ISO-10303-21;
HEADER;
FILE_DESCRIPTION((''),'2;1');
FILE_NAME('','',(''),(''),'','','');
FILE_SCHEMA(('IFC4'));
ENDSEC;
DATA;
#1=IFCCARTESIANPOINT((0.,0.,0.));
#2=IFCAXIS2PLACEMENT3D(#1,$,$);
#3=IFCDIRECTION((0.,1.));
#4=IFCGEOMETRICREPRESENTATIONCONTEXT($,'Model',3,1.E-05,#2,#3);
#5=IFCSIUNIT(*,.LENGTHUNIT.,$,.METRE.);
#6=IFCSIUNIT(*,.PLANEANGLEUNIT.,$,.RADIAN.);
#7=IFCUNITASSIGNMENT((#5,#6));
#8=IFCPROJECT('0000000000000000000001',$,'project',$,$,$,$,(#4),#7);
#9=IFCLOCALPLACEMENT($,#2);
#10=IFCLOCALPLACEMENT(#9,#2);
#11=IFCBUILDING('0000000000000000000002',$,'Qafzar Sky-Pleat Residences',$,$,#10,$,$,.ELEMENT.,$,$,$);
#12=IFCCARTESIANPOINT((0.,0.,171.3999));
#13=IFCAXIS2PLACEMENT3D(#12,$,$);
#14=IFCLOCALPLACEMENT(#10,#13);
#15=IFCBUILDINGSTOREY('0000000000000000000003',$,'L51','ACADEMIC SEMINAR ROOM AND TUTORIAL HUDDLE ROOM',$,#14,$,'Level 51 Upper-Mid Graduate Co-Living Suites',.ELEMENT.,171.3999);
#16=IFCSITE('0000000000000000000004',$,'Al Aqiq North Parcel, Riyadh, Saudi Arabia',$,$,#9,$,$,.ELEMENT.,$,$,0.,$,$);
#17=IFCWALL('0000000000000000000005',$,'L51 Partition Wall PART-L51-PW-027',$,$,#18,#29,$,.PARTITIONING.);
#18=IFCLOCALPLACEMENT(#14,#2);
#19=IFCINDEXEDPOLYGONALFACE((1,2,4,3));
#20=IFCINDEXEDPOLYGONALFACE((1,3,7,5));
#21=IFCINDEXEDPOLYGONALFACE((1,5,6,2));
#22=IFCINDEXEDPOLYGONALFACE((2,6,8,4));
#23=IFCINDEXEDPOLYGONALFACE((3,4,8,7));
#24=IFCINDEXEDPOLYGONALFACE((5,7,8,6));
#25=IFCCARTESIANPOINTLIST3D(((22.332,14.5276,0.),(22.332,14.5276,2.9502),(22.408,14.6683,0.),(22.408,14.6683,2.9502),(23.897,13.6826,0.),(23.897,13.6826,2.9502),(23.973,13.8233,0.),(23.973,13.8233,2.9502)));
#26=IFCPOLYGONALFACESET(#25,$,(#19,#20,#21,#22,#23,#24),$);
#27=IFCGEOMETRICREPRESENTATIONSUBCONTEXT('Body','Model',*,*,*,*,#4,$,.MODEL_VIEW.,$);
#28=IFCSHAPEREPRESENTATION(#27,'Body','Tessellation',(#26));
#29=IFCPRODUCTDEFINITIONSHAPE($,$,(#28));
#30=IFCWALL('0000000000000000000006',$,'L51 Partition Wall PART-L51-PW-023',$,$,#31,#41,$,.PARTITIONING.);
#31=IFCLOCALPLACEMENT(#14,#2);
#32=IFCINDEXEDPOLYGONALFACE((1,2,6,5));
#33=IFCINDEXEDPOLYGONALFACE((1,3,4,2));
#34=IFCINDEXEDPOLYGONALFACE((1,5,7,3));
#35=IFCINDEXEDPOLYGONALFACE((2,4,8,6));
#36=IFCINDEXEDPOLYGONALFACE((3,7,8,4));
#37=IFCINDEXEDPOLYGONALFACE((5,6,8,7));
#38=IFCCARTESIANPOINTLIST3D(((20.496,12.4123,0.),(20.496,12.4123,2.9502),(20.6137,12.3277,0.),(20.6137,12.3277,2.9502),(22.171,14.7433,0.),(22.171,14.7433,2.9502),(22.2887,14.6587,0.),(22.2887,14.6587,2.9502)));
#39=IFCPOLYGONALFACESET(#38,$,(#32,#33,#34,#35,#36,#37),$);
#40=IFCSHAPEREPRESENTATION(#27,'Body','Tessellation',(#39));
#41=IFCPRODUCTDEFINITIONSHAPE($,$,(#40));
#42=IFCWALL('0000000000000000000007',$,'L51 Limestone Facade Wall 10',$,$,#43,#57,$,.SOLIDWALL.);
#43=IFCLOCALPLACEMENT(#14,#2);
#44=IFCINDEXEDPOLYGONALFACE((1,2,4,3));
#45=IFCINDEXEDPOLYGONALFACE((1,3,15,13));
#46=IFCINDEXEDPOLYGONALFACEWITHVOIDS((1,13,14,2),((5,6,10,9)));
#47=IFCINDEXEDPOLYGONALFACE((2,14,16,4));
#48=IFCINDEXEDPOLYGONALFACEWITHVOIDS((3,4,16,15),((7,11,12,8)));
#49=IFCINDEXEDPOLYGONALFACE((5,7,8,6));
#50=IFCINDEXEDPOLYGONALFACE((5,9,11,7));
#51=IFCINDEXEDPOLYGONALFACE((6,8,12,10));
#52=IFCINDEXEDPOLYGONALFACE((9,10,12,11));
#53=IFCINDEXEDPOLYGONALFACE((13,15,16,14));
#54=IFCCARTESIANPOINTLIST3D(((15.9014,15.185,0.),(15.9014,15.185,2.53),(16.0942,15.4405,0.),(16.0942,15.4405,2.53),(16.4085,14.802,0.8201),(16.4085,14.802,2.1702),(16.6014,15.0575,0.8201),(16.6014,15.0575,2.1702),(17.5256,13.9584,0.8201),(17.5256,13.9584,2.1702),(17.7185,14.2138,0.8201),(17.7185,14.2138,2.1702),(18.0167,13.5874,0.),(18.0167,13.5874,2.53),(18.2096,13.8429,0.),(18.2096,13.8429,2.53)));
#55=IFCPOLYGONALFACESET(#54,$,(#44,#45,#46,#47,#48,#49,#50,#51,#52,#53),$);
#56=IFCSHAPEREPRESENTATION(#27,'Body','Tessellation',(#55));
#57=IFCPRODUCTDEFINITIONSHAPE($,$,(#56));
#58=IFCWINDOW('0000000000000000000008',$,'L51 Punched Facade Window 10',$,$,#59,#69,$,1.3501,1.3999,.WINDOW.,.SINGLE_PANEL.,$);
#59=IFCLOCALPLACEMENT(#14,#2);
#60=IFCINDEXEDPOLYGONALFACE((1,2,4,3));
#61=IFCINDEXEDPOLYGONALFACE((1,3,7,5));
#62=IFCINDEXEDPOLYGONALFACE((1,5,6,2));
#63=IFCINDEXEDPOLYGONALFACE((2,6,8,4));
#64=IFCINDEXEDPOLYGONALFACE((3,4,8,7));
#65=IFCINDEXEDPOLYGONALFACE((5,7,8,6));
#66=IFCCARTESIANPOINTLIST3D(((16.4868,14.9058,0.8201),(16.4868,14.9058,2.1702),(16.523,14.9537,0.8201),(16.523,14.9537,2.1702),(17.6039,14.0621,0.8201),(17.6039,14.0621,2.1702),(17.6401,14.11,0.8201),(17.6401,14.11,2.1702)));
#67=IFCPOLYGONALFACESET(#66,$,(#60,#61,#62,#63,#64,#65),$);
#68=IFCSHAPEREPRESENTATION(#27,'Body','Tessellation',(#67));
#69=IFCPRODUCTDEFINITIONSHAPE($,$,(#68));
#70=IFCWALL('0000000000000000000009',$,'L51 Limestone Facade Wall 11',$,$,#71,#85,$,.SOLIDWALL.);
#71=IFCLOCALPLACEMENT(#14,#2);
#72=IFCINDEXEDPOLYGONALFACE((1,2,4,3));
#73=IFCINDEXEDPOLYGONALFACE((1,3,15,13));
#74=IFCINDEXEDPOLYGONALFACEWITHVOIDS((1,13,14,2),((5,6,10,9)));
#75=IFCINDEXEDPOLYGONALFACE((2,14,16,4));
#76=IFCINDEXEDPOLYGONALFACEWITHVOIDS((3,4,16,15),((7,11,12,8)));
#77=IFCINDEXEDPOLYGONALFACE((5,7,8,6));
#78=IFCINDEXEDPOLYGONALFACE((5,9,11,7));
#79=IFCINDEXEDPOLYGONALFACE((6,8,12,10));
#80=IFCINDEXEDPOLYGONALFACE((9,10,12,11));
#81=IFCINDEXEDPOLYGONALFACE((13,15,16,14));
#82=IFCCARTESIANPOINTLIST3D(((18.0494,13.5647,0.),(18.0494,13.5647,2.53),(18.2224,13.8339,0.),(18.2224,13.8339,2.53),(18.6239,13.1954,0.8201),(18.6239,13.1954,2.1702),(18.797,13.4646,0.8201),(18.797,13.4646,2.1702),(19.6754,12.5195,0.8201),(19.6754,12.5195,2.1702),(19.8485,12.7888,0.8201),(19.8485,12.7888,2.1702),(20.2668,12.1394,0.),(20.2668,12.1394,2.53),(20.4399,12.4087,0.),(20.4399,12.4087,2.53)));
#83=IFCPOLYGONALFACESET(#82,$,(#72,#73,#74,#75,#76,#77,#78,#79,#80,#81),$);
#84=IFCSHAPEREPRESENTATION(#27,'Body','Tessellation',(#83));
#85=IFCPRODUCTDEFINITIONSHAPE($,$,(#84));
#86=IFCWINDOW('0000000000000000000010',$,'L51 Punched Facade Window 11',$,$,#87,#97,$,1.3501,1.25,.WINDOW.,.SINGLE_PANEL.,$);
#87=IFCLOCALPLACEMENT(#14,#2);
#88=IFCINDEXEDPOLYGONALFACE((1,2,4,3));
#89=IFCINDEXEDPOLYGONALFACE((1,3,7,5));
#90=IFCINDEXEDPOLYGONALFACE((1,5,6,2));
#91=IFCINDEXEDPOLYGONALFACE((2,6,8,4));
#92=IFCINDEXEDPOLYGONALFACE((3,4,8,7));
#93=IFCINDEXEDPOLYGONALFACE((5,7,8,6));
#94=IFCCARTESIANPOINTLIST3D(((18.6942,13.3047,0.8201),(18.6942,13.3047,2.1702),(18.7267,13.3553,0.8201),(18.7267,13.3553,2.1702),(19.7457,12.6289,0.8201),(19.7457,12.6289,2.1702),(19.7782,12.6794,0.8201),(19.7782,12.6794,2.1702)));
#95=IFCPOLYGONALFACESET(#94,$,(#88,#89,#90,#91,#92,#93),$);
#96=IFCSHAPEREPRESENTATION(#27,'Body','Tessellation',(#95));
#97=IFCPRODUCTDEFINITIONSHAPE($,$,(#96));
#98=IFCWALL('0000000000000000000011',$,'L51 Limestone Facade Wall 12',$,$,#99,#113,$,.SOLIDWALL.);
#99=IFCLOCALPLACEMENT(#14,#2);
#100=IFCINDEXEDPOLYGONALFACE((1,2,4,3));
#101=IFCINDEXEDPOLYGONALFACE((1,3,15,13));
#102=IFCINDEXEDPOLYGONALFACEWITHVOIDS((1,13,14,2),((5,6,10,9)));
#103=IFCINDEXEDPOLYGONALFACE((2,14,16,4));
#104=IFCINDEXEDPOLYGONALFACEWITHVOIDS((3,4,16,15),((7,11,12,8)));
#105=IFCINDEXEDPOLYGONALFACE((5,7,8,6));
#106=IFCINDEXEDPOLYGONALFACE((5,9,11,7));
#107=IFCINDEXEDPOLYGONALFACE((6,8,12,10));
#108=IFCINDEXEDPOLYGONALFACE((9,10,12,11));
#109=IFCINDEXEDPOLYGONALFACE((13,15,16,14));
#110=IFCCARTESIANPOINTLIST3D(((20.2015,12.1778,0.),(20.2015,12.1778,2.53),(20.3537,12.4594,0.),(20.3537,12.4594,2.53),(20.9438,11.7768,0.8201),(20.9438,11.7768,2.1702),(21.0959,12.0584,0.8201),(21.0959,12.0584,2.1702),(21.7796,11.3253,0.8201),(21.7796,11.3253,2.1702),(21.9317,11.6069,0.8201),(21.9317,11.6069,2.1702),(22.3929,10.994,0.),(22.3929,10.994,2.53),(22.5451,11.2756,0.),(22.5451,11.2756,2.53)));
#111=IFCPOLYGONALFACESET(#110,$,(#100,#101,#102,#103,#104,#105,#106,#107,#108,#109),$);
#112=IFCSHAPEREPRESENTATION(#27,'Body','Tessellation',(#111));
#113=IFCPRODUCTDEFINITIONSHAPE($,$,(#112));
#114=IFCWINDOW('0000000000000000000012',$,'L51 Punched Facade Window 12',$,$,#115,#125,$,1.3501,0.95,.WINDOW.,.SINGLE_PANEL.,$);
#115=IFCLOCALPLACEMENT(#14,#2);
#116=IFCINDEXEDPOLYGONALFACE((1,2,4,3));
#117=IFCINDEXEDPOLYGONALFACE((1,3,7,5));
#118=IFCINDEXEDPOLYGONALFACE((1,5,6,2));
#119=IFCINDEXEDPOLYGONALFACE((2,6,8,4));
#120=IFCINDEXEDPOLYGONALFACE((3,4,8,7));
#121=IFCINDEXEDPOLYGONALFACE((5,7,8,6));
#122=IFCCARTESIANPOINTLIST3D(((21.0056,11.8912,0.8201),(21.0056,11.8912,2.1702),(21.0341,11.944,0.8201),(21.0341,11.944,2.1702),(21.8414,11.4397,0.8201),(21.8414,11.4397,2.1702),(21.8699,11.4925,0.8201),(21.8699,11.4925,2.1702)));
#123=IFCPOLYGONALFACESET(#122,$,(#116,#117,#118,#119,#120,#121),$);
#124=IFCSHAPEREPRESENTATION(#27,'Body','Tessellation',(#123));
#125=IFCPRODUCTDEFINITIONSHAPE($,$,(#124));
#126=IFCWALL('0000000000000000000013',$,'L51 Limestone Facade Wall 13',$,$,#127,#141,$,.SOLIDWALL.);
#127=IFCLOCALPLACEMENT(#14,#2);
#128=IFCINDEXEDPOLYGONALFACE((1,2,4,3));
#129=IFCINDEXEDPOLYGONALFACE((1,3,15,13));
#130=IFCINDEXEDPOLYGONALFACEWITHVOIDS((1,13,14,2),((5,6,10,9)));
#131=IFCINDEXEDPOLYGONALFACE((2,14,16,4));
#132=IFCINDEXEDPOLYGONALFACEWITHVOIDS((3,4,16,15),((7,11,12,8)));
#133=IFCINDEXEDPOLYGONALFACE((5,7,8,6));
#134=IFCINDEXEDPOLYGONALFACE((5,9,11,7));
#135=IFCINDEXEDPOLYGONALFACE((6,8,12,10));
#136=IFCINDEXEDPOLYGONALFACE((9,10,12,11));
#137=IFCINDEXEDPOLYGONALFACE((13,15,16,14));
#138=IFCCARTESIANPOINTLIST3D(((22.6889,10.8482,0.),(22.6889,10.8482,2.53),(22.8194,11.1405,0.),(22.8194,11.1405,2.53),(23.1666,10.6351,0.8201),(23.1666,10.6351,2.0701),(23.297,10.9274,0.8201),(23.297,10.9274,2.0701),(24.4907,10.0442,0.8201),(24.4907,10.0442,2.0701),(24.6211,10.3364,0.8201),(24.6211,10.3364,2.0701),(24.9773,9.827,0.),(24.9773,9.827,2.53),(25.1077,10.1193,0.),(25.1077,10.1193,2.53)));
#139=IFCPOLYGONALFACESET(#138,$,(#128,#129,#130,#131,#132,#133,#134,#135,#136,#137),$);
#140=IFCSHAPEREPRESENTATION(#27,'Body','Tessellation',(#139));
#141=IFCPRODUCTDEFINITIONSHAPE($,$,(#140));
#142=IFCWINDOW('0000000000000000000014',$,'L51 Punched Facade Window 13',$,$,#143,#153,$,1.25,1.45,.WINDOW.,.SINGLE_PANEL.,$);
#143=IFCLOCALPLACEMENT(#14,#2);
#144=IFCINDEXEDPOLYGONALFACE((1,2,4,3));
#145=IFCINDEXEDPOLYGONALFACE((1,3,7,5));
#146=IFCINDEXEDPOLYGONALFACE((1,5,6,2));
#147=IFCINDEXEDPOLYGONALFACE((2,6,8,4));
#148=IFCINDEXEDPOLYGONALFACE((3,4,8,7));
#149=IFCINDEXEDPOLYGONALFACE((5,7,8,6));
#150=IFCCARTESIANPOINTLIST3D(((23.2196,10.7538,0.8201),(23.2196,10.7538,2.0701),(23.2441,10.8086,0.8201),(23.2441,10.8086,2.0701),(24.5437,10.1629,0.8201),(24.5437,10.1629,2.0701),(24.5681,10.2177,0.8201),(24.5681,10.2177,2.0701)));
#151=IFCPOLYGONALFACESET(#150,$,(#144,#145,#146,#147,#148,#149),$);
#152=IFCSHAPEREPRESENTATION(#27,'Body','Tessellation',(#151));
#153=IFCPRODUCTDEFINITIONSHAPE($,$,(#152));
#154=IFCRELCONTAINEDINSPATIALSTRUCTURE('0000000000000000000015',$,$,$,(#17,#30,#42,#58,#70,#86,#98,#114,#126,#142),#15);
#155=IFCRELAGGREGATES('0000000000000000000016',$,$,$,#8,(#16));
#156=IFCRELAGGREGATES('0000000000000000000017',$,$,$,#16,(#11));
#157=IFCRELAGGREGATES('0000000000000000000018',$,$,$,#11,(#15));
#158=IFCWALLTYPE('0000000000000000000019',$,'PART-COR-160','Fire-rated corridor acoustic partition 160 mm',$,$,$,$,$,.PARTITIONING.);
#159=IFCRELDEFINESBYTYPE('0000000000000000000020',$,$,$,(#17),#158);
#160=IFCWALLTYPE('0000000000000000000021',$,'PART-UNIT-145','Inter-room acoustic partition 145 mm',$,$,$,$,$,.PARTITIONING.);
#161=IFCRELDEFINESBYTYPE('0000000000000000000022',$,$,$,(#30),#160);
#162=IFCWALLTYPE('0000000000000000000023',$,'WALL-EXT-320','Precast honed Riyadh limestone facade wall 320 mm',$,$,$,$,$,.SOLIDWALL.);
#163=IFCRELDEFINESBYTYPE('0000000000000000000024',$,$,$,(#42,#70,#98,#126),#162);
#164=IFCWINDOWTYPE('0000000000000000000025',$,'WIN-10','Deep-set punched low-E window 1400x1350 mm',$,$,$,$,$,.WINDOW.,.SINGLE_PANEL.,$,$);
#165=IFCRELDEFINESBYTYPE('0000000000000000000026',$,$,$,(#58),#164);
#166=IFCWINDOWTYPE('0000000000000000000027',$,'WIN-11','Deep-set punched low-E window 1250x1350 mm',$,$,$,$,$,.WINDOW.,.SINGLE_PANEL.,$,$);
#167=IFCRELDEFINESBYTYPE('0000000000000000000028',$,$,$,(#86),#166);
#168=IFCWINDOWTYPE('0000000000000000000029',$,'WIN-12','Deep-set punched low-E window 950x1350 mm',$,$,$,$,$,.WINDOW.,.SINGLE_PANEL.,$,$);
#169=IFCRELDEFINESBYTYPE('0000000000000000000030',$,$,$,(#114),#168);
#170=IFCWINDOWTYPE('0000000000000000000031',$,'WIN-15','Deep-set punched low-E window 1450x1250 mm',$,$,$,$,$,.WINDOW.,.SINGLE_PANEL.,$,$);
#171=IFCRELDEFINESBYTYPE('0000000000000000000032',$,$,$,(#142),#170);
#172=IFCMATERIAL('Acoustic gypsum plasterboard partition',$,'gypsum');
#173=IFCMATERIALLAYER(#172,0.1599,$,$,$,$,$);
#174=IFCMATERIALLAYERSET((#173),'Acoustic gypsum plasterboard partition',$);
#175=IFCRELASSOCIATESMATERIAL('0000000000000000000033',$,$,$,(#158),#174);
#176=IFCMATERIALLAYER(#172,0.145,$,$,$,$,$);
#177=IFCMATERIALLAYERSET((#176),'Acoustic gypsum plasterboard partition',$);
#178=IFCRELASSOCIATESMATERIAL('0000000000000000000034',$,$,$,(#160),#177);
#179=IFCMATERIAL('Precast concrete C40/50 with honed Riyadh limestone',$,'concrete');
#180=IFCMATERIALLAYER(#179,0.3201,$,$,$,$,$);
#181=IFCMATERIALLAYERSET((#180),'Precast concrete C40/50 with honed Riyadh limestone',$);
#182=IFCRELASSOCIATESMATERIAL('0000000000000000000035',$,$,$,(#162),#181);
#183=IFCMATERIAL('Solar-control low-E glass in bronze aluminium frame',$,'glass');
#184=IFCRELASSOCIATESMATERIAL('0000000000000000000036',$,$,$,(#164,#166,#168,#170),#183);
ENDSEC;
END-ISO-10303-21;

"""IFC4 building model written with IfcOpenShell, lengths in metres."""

from ifc_helpers import new_model, si_unit, direction, frame, frame_2d, origin, place, context, subcontext, project, spatial, rectangle, extrude, source, transform, mapped, material, layer, layer_set, type_object, element, fill, save


model = new_model("IFC4")

# Units and contexts
model_context = context("Model", 3, precision=1e-05, world=origin(), true_north=direction((0.0, 1.0)))
body_context = subcontext(model_context, "Body", "Model", "MODEL_VIEW")
ifc_project = project(units=[si_unit("LENGTHUNIT", "METRE"), si_unit("PLANEANGLEUNIT", "RADIAN")], contexts=[model_context])

# Site, building, storey
site_placement = place(None, origin())
site = spatial("IfcSite", under=ifc_project, at=site_placement, Name="Al Aqiq North Parcel, Riyadh, Saudi Arabia", CompositionType="ELEMENT", RefElevation=0.0)
building_placement = place(site_placement, origin())
building = spatial("IfcBuilding", under=site, at=building_placement, Name="Qafzar Sky-Pleat Residences", CompositionType="ELEMENT")
storey_placement = place(building_placement, frame((0.0, 0.0, 171.3999)))
storey = spatial("IfcBuildingStorey", under=building, at=storey_placement, Name="L51", Description="ACADEMIC SEMINAR ROOM AND TUTORIAL HUDDLE ROOM", LongName="Level 51 Upper-Mid Graduate Co-Living Suites", CompositionType="ELEMENT", Elevation=171.3999)

# Shared definitions
ifc_material_1 = material(Name="Acoustic gypsum plasterboard partition", Category="gypsum")
ifc_layer_1 = layer(ifc_material_1, 0.1599)
ifc_layer_set_1 = layer_set([ifc_layer_1], Name="Acoustic gypsum plasterboard partition")
wall_type_1 = type_object("IfcWallType", Name="PART-COR-160", Description="Fire-rated corridor acoustic partition 160 mm", PredefinedType="PARTITIONING", material=ifc_layer_set_1)

# Walls
wall_1_placement = place(storey_placement, frame((22.3701, 14.5979, 0.0), z_axis=(0.0, 0.0, 1.0), x_axis=(0.879928, -0.475106, 0.0)))
element("IfcWall", 1, at=wall_1_placement, inside=storey, type_object=wall_type_1, Name="L51 Partition Wall PART-L51-PW-027", PredefinedType="PARTITIONING", context=body_context, shape_type="SweptSolid", body=[
    extrude(rectangle(XDim=1.7786, YDim=0.1599, at=frame_2d((0.8892, 0.0))), origin(), (0.0, 0.0, 1.0), 2.9502),
])
ifc_layer_2 = layer(ifc_material_1, 0.145)
ifc_layer_set_2 = layer_set([ifc_layer_2], Name="Acoustic gypsum plasterboard partition")
wall_type_2 = type_object("IfcWallType", Name="PART-UNIT-145", Description="Inter-room acoustic partition 145 mm", PredefinedType="PARTITIONING", material=ifc_layer_set_2)
wall_2_placement = place(storey_placement, frame((20.5549, 12.3701, 0.0), z_axis=(0.0, 0.0, 1.0), x_axis=(0.583545, 0.812081, 0.0)))
element("IfcWall", 2, at=wall_2_placement, inside=storey, type_object=wall_type_2, Name="L51 Partition Wall PART-L51-PW-023", PredefinedType="PARTITIONING", context=body_context, shape_type="SweptSolid", body=[
    extrude(rectangle(XDim=2.8704, YDim=0.145, at=frame_2d((1.4351, 0.0))), origin(), (0.0, 0.0, 1.0), 2.9502),
])

# Walls, openings, windows
ifc_material_2 = material(Name="Precast concrete C40/50 with honed Riyadh limestone", Category="concrete")
ifc_layer_3 = layer(ifc_material_2, 0.3201)
ifc_layer_set_3 = layer_set([ifc_layer_3], Name="Precast concrete C40/50 with honed Riyadh limestone")
wall_type_3 = type_object("IfcWallType", Name="WALL-EXT-320", Description="Precast honed Riyadh limestone facade wall 320 mm", PredefinedType="SOLIDWALL", material=ifc_layer_set_3)
wall_3_placement = place(storey_placement, frame((15.9978, 15.3127, 0.0), z_axis=(0.0, 0.0, 1.0), x_axis=(0.797995, -0.602664, 0.0)))
wall_3 = element("IfcWall", 3, at=wall_3_placement, inside=storey, type_object=wall_type_3, Name="L51 Limestone Facade Wall 10", PredefinedType="SOLIDWALL", context=body_context, shape_type="SweptSolid", body=[
    extrude(rectangle(XDim=2.6509, YDim=0.3201, at=frame_2d((1.3254, 0.0))), origin(), (0.0, 0.0, 1.0), 2.53),
])
opening_1_placement = place(wall_3_placement, frame((0.6355, 0.0, 0.8201)))
opening_1 = element("IfcOpeningElement", 4, at=opening_1_placement, cuts=wall_3, PredefinedType="OPENING", context=body_context, shape_type="SweptSolid", body=[
    extrude(rectangle(XDim=1.3999, YDim=1.3501, at=frame_2d((0.7, 0.675))), frame((0.0, 0.1699, 0.0), z_axis=(0.0, -1.0, 0.0), x_axis=(1.0, 0.0, 0.0)), (0.0, 0.0, 1.0), 0.3401),
])
ifc_material_3 = material(Name="Solar-control low-E glass in bronze aluminium frame", Category="glass")
window_type_1 = type_object("IfcWindowType", Name="WIN-10", Description="Deep-set punched low-E window 1400x1350 mm", PartitioningType="SINGLE_PANEL", PredefinedType="WINDOW", material=ifc_material_3)
shared_shape_1 = source(origin(), body_context, "Body", "SweptSolid", [
    extrude(rectangle(XDim=1.3999, YDim=1.3501, at=frame_2d((0.7, 0.675))), frame((0.0, 0.03, 0.0), z_axis=(0.0, -1.0, 0.0), x_axis=(1.0, 0.0, 0.0)), (0.0, 0.0, 1.0), 0.0601),
])
window_1_placement = place(opening_1_placement, origin())
window_1 = element("IfcWindow", 5, at=window_1_placement, inside=storey, type_object=window_type_1, Name="L51 Punched Facade Window 10", OverallHeight=1.3501, OverallWidth=1.3999, PartitioningType="SINGLE_PANEL", PredefinedType="WINDOW", context=body_context, shape_type="MappedRepresentation", body=[
    mapped(shared_shape_1, transform((0.0, 0.0, 0.0), x_axis=(1.0, 0.0, 0.0), y_axis=(0.0, 1.0, 0.0), z_axis=(0.0, 0.0, 1.0), scale=1.0)),
])
fill(opening_1, window_1)
wall_4_placement = place(storey_placement, frame((18.136, 13.6992, 0.0), z_axis=(0.0, 0.0, 1.0), x_axis=(0.841224, -0.540687, 0.0)))
wall_4 = element("IfcWall", 6, at=wall_4_placement, inside=storey, type_object=wall_type_3, Name="L51 Limestone Facade Wall 11", PredefinedType="SOLIDWALL", context=body_context, shape_type="SweptSolid", body=[
    extrude(rectangle(XDim=2.636, YDim=0.3201, at=frame_2d((1.3179, 0.0))), origin(), (0.0, 0.0, 1.0), 2.53),
])
opening_2_placement = place(wall_4_placement, frame((0.6829, 0.0, 0.8201)))
opening_2 = element("IfcOpeningElement", 7, at=opening_2_placement, cuts=wall_4, PredefinedType="OPENING", context=body_context, shape_type="SweptSolid", body=[
    extrude(rectangle(XDim=1.25, YDim=1.3501, at=frame_2d((0.625, 0.675))), frame((0.0, 0.1699, 0.0), z_axis=(0.0, -1.0, 0.0), x_axis=(1.0, 0.0, 0.0)), (0.0, 0.0, 1.0), 0.3401),
])
window_type_2 = type_object("IfcWindowType", Name="WIN-11", Description="Deep-set punched low-E window 1250x1350 mm", PartitioningType="SINGLE_PANEL", PredefinedType="WINDOW", material=ifc_material_3)
shared_shape_2 = source(origin(), body_context, "Body", "SweptSolid", [
    extrude(rectangle(XDim=1.25, YDim=1.3501, at=frame_2d((0.625, 0.675))), frame((0.0, 0.03, 0.0), z_axis=(0.0, -1.0, 0.0), x_axis=(1.0, 0.0, 0.0)), (0.0, 0.0, 1.0), 0.0601),
])
window_2_placement = place(opening_2_placement, origin())
window_2 = element("IfcWindow", 8, at=window_2_placement, inside=storey, type_object=window_type_2, Name="L51 Punched Facade Window 11", OverallHeight=1.3501, OverallWidth=1.25, PartitioningType="SINGLE_PANEL", PredefinedType="WINDOW", context=body_context, shape_type="MappedRepresentation", body=[
    mapped(shared_shape_2, transform((0.0, 0.0, 0.0), x_axis=(1.0, 0.0, 0.0), y_axis=(0.0, 1.0, 0.0), z_axis=(0.0, 0.0, 1.0), scale=1.0)),
])
fill(opening_2, window_2)
wall_5_placement = place(storey_placement, frame((20.2776, 12.3186, 0.0), z_axis=(0.0, 0.0, 1.0), x_axis=(0.879825, -0.475298, 0.0)))
wall_5 = element("IfcWall", 9, at=wall_5_placement, inside=storey, type_object=wall_type_3, Name="L51 Limestone Facade Wall 12", PredefinedType="SOLIDWALL", context=body_context, shape_type="SweptSolid", body=[
    extrude(rectangle(XDim=2.4907, YDim=0.3201, at=frame_2d((1.2454, 0.0))), origin(), (0.0, 0.0, 1.0), 2.53),
])
opening_3_placement = place(wall_5_placement, frame((0.8435, 0.0, 0.8201)))
opening_3 = element("IfcOpeningElement", 10, at=opening_3_placement, cuts=wall_5, PredefinedType="OPENING", context=body_context, shape_type="SweptSolid", body=[
    extrude(rectangle(XDim=0.95, YDim=1.3501, at=frame_2d((0.4751, 0.675))), frame((0.0, 0.1699, 0.0), z_axis=(0.0, -1.0, 0.0), x_axis=(1.0, 0.0, 0.0)), (0.0, 0.0, 1.0), 0.3401),
])
window_type_3 = type_object("IfcWindowType", Name="WIN-12", Description="Deep-set punched low-E window 950x1350 mm", PartitioningType="SINGLE_PANEL", PredefinedType="WINDOW", material=ifc_material_3)
shared_shape_3 = source(origin(), body_context, "Body", "SweptSolid", [
    extrude(rectangle(XDim=0.95, YDim=1.3501, at=frame_2d((0.4751, 0.675))), frame((0.0, 0.03, 0.0), z_axis=(0.0, -1.0, 0.0), x_axis=(1.0, 0.0, 0.0)), (0.0, 0.0, 1.0), 0.0601),
])
window_3_placement = place(opening_3_placement, origin())
window_3 = element("IfcWindow", 11, at=window_3_placement, inside=storey, type_object=window_type_3, Name="L51 Punched Facade Window 12", OverallHeight=1.3501, OverallWidth=0.95, PartitioningType="SINGLE_PANEL", PredefinedType="WINDOW", context=body_context, shape_type="MappedRepresentation", body=[
    mapped(shared_shape_3, transform((0.0, 0.0, 0.0), x_axis=(1.0, 0.0, 0.0), y_axis=(0.0, 1.0, 0.0), z_axis=(0.0, 0.0, 1.0), scale=1.0)),
])
fill(opening_3, window_3)
wall_6_placement = place(storey_placement, frame((22.7542, 10.9944, 0.0), z_axis=(0.0, 0.0, 1.0), x_axis=(0.913188, -0.407539, 0.0)))
wall_6 = element("IfcWall", 12, at=wall_6_placement, inside=storey, type_object=wall_type_3, Name="L51 Limestone Facade Wall 13", PredefinedType="SOLIDWALL", context=body_context, shape_type="SweptSolid", body=[
    extrude(rectangle(XDim=2.5059, YDim=0.3201, at=frame_2d((1.2529, 0.0))), origin(), (0.0, 0.0, 1.0), 2.53),
])
opening_4_placement = place(wall_6_placement, frame((0.5229, 0.0, 0.8201)))
opening_4 = element("IfcOpeningElement", 13, at=opening_4_placement, cuts=wall_6, PredefinedType="OPENING", context=body_context, shape_type="SweptSolid", body=[
    extrude(rectangle(XDim=1.45, YDim=1.25, at=frame_2d((0.7251, 0.625))), frame((0.0, 0.1699, 0.0), z_axis=(0.0, -1.0, 0.0), x_axis=(1.0, 0.0, 0.0)), (0.0, 0.0, 1.0), 0.3401),
])
window_type_4 = type_object("IfcWindowType", Name="WIN-15", Description="Deep-set punched low-E window 1450x1250 mm", PartitioningType="SINGLE_PANEL", PredefinedType="WINDOW", material=ifc_material_3)
shared_shape_4 = source(origin(), body_context, "Body", "SweptSolid", [
    extrude(rectangle(XDim=1.45, YDim=1.25, at=frame_2d((0.7251, 0.625))), frame((0.0, 0.03, 0.0), z_axis=(0.0, -1.0, 0.0), x_axis=(1.0, 0.0, 0.0)), (0.0, 0.0, 1.0), 0.0601),
])
window_4_placement = place(opening_4_placement, origin())
window_4 = element("IfcWindow", 14, at=window_4_placement, inside=storey, type_object=window_type_4, Name="L51 Punched Facade Window 13", OverallHeight=1.25, OverallWidth=1.45, PartitioningType="SINGLE_PANEL", PredefinedType="WINDOW", context=body_context, shape_type="MappedRepresentation", body=[
    mapped(shared_shape_4, transform((0.0, 0.0, 0.0), x_axis=(1.0, 0.0, 0.0), y_axis=(0.0, 1.0, 0.0), z_axis=(0.0, 0.0, 1.0), scale=1.0)),
])
fill(opening_4, window_4)

save(model, "model.ifc")
